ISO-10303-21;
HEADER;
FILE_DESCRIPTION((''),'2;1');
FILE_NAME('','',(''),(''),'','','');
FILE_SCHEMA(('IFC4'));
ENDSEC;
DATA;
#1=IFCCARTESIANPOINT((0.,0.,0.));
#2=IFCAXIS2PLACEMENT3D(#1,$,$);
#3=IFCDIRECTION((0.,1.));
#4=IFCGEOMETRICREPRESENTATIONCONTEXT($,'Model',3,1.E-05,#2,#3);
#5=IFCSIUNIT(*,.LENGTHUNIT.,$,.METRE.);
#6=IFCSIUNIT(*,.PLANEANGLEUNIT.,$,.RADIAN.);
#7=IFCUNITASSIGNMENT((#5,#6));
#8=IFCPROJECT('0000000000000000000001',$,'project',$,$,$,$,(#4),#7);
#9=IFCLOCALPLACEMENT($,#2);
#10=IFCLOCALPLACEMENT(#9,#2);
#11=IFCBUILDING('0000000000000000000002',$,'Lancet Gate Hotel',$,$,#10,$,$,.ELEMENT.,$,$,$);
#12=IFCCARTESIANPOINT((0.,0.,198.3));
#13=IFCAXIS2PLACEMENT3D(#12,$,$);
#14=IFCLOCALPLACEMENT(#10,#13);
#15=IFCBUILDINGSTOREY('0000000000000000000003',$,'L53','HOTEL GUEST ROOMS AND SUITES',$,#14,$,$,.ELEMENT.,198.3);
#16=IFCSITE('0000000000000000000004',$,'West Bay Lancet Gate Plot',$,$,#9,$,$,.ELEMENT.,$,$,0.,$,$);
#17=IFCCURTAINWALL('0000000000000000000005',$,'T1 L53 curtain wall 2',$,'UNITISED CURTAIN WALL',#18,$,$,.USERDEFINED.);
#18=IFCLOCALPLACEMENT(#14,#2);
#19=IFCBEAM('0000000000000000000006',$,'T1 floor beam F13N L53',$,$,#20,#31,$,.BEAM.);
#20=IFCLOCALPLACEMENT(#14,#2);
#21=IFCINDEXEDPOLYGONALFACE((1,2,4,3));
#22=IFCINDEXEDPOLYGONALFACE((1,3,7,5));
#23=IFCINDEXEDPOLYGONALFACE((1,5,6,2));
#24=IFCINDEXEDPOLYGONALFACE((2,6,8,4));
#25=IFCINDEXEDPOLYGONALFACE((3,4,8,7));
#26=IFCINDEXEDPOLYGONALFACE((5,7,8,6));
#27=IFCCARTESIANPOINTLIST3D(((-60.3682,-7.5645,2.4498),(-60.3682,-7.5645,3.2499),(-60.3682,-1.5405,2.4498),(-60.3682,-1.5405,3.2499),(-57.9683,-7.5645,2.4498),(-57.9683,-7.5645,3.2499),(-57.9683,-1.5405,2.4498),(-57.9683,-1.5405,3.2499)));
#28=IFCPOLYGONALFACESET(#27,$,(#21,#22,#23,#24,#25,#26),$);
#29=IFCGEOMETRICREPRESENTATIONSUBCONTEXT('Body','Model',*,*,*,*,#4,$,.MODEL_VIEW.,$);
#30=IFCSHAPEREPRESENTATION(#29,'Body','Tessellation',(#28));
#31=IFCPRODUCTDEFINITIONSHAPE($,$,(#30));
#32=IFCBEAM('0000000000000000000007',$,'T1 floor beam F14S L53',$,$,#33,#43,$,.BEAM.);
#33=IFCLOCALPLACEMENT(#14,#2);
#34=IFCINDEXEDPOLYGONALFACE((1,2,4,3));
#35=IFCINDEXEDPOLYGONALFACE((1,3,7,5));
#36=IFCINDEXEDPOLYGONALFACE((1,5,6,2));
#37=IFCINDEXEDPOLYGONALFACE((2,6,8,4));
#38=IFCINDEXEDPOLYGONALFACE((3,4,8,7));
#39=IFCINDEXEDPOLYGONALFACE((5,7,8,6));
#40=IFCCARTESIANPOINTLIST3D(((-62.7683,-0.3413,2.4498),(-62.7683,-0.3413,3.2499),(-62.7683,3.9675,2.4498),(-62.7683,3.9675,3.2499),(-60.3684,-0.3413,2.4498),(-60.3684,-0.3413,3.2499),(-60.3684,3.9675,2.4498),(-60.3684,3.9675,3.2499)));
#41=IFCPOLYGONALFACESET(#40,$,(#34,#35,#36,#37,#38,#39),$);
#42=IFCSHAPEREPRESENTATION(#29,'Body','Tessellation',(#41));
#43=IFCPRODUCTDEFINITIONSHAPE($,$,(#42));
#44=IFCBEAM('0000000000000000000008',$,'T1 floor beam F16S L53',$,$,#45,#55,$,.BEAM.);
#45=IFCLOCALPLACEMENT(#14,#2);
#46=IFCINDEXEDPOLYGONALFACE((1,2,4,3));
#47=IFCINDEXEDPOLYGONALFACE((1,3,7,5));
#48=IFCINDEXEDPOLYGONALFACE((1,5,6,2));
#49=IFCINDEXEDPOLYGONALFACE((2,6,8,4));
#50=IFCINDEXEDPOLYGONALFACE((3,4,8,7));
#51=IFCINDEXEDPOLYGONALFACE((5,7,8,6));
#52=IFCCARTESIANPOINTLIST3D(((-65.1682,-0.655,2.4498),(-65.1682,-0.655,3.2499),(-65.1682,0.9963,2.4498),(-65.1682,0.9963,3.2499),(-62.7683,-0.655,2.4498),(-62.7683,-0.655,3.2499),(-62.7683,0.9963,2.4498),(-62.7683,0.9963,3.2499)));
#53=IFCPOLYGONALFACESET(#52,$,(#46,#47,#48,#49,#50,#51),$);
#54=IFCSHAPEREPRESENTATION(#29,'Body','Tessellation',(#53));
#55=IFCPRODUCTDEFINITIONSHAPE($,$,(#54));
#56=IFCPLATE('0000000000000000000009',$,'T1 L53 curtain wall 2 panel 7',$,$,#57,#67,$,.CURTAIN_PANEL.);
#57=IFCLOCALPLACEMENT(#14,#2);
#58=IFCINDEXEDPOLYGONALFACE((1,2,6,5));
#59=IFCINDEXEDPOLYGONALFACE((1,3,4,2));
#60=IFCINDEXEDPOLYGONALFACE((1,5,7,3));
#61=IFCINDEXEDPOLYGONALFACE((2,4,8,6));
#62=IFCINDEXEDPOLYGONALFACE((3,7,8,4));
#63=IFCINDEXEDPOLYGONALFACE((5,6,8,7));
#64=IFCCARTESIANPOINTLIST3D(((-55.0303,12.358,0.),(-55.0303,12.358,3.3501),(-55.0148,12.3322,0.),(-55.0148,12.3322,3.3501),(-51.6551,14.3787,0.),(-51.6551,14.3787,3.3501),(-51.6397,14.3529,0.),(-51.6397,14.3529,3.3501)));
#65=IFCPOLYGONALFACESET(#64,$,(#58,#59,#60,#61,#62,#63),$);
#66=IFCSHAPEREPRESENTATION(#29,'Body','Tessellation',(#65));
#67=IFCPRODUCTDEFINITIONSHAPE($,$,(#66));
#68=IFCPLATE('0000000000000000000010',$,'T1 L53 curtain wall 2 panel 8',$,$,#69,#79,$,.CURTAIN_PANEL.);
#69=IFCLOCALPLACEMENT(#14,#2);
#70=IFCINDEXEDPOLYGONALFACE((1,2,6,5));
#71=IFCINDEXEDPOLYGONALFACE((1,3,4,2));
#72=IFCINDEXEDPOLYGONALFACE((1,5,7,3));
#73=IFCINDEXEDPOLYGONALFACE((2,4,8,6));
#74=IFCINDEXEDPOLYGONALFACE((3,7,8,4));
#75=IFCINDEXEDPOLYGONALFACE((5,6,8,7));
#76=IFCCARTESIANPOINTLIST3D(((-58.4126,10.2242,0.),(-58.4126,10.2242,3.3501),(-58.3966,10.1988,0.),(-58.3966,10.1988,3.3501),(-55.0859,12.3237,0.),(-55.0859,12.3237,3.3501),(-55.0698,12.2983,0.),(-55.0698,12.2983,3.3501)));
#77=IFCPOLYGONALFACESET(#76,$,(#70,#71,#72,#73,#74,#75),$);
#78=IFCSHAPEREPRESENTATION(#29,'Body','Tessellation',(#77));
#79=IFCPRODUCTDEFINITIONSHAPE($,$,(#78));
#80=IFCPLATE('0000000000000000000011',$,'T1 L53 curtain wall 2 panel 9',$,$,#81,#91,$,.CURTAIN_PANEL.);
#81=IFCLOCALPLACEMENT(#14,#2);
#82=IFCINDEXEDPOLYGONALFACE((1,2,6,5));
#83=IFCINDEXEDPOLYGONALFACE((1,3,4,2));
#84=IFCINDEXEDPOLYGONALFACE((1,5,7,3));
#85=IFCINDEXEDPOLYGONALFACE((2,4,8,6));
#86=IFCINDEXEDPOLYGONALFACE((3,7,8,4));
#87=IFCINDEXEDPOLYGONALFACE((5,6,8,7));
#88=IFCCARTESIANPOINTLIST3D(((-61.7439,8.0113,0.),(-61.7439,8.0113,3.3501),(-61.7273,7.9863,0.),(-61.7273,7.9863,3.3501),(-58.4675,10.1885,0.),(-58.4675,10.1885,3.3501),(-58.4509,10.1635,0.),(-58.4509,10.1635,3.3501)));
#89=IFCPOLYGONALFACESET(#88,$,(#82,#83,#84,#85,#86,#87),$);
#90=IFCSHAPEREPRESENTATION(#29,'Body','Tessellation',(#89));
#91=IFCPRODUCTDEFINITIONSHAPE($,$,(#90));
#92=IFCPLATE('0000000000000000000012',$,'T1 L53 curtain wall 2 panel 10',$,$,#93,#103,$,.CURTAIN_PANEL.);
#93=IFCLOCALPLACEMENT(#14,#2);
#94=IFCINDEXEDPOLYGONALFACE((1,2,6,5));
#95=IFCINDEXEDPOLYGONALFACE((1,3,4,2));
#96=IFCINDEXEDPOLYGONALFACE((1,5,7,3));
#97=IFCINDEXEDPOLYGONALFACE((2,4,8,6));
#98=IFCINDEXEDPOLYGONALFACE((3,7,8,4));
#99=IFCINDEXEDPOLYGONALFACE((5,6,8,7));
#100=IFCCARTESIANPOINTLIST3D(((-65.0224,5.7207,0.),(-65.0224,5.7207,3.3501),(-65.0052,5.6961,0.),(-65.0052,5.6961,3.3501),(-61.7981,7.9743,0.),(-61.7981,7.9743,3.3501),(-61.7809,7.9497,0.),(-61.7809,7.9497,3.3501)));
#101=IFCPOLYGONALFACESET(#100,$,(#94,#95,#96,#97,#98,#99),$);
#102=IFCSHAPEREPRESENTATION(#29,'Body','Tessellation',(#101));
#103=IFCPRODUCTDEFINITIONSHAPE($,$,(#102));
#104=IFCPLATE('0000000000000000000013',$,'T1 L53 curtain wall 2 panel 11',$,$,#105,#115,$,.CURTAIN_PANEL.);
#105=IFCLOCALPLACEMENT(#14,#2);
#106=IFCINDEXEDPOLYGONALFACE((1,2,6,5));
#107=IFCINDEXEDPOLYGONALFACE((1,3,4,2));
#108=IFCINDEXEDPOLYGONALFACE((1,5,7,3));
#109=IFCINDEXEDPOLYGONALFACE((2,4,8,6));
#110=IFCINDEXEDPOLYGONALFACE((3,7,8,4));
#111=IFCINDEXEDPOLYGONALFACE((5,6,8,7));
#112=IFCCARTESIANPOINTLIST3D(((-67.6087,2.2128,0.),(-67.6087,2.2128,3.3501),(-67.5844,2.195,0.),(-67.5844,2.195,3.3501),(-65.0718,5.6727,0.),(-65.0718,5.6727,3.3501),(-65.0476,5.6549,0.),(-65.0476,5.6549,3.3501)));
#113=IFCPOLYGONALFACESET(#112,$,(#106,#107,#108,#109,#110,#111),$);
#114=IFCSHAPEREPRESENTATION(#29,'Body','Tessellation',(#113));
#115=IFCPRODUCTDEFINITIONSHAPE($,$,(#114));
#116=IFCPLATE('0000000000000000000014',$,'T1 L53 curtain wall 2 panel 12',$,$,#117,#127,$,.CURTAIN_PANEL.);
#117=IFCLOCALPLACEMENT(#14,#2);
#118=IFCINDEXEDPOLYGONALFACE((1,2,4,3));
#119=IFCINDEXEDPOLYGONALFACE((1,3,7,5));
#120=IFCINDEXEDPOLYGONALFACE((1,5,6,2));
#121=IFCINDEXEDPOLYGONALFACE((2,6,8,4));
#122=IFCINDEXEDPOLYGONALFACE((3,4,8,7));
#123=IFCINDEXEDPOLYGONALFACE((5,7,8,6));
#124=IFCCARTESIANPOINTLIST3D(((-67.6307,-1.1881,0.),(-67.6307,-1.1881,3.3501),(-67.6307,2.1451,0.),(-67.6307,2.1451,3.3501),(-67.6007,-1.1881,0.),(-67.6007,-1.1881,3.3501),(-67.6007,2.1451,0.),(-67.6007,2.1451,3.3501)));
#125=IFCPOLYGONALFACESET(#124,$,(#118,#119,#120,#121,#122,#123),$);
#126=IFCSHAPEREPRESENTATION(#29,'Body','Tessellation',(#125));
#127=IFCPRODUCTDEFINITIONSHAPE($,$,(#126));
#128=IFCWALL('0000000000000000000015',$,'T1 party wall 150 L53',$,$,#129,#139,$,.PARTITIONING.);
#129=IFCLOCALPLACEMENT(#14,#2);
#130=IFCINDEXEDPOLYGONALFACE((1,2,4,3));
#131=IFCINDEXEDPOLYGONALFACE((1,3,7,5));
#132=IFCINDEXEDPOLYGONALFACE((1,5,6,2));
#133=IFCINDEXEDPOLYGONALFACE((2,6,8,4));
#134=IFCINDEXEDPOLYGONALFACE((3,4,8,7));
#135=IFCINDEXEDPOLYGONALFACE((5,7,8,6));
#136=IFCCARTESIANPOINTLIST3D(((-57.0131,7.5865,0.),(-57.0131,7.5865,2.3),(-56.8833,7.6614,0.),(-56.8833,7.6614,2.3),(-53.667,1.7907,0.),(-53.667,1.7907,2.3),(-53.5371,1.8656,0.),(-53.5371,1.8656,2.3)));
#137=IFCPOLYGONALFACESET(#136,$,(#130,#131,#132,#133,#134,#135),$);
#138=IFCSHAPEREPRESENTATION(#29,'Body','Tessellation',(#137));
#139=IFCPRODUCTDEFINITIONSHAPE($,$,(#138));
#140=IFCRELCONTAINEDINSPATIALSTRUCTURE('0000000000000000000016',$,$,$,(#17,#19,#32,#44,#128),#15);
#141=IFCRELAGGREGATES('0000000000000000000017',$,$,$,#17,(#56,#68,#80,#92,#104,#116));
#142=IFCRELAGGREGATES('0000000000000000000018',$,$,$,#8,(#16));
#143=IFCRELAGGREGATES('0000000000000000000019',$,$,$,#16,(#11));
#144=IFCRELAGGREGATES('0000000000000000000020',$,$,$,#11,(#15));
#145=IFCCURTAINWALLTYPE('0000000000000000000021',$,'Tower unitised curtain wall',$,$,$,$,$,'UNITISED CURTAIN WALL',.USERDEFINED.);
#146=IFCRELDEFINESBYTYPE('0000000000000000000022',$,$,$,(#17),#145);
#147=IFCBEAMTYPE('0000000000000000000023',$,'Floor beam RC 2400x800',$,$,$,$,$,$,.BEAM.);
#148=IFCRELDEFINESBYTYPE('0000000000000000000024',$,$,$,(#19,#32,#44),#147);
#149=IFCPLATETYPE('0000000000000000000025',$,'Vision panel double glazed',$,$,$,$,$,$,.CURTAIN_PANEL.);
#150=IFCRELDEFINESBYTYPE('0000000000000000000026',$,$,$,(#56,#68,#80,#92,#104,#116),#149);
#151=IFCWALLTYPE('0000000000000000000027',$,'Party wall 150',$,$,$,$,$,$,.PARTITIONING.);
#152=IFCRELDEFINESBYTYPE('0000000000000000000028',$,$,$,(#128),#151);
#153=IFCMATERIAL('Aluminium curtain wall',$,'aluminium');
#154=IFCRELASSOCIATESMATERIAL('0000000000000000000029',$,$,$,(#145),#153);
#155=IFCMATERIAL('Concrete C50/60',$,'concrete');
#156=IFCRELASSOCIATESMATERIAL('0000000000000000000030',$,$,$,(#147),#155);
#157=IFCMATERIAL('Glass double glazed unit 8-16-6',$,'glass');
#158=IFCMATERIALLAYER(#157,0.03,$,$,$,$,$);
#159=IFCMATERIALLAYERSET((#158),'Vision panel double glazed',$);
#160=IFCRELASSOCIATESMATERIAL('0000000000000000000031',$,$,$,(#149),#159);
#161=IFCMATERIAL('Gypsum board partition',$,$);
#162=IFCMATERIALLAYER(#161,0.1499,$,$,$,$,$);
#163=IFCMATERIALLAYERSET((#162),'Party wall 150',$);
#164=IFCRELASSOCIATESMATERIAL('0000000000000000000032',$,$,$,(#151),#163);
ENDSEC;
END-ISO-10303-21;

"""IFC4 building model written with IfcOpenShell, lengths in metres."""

from ifc_helpers import new_model, si_unit, direction, frame, frame_2d, origin, origin_2d, place, context, subcontext, project, spatial, rectangle, extrude, material, layer, layer_set, material_profile, profile_set, type_object, element, aggregate, save


model = new_model("IFC4")

# Units and contexts
model_context = context("Model", 3, precision=1e-05, world=origin(), true_north=direction((0.0, 1.0)))
body_context = subcontext(model_context, "Body", "Model", "MODEL_VIEW")
ifc_project = project(units=[si_unit("LENGTHUNIT", "METRE"), si_unit("PLANEANGLEUNIT", "RADIAN")], contexts=[model_context])

# Site, building, storey
site_placement = place(None, origin())
site = spatial("IfcSite", under=ifc_project, at=site_placement, Name="West Bay Lancet Gate Plot", CompositionType="ELEMENT", RefElevation=0.0)
building_placement = place(site_placement, origin())
building = spatial("IfcBuilding", under=site, at=building_placement, Name="Lancet Gate Hotel", CompositionType="ELEMENT")
storey_placement = place(building_placement, frame((0.0, 0.0, 198.3)))
storey = spatial("IfcBuildingStorey", under=building, at=storey_placement, Name="L53", Description="HOTEL GUEST ROOMS AND SUITES", CompositionType="ELEMENT", Elevation=198.3)

# Curtain wall
ifc_material_1 = material(Name="Aluminium curtain wall", Category="aluminium")
curtain_wall_type = type_object("IfcCurtainWallType", Name="Tower unitised curtain wall", ElementType="UNITISED CURTAIN WALL", PredefinedType="USERDEFINED", material=ifc_material_1)
curtain_wall_placement = place(storey_placement, origin())
curtain_wall = element("IfcCurtainWall", 1, at=curtain_wall_placement, inside=storey, type_object=curtain_wall_type, Name="T1 L53 curtain wall 2", ObjectType="UNITISED CURTAIN WALL", PredefinedType="USERDEFINED")

# Beams
ifc_material_2 = material(Name="Concrete C50/60", Category="concrete")
ifc_material_profile_1 = material_profile(ifc_material_2, rectangle(XDim=2.3999, YDim=0.8, at=origin_2d()), Name="RC 2400x800")
ifc_profile_set_1 = profile_set([ifc_material_profile_1], Name="Concrete C50/60")
beam_type_1 = type_object("IfcBeamType", Name="Floor beam RC 2400x800", PredefinedType="BEAM", material=ifc_profile_set_1)
beam_1_placement = place(storey_placement, frame((-59.1682, -1.5405, 2.8499), z_axis=(0.0, -1.0, 0.0), x_axis=(1.0, 0.0, 0.0)))
element("IfcBeam", 2, at=beam_1_placement, inside=storey, type_object=beam_type_1, Name="T1 floor beam F13N L53", PredefinedType="BEAM", context=body_context, shape_type="SweptSolid", body=[
    extrude(rectangle(XDim=2.3999, YDim=0.8, at=origin_2d()), origin(), (0.0, 0.0, 1.0), 6.0239),
])
beam_2_placement = place(storey_placement, frame((-61.5684, 3.9675, 2.8499), z_axis=(0.0, -1.0, 0.0), x_axis=(1.0, 0.0, 0.0)))
element("IfcBeam", 3, at=beam_2_placement, inside=storey, type_object=beam_type_1, Name="T1 floor beam F14S L53", PredefinedType="BEAM", context=body_context, shape_type="SweptSolid", body=[
    extrude(rectangle(XDim=2.3999, YDim=0.8, at=origin_2d()), origin(), (0.0, 0.0, 1.0), 4.3088),
])
beam_3_placement = place(storey_placement, frame((-63.9683, 0.9963, 2.8499), z_axis=(0.0, -1.0, 0.0), x_axis=(1.0, 0.0, 0.0)))
element("IfcBeam", 4, at=beam_3_placement, inside=storey, type_object=beam_type_1, Name="T1 floor beam F16S L53", PredefinedType="BEAM", context=body_context, shape_type="SweptSolid", body=[
    extrude(rectangle(XDim=2.3999, YDim=0.8, at=origin_2d()), origin(), (0.0, 0.0, 1.0), 1.6514),
])

# Plates
ifc_material_3 = material(Name="Glass double glazed unit 8-16-6", Category="glass")
ifc_layer_1 = layer(ifc_material_3, 0.03)
ifc_layer_set_1 = layer_set([ifc_layer_1], Name="Vision panel double glazed")
plate_type = type_object("IfcPlateType", Name="Vision panel double glazed", PredefinedType="CURTAIN_PANEL", material=ifc_layer_set_1)
plate_1_placement = place(storey_placement, frame((-53.335, 13.3555, 0.0), z_axis=(0.0, 0.0, 1.0), x_axis=(-0.857987, -0.513672, 0.0)))
plate_1 = element("IfcPlate", 5, at=plate_1_placement, type_object=plate_type, Name="T1 L53 curtain wall 2 panel 7", PredefinedType="CURTAIN_PANEL", context=body_context, shape_type="SweptSolid", body=[
    extrude(rectangle(XDim=3.9338, YDim=0.03, at=origin_2d()), origin(), (0.0, 0.0, 1.0), 3.3501),
])
plate_2_placement = place(storey_placement, frame((-56.7412, 11.2612, 0.0), z_axis=(0.0, 0.0, 1.0), x_axis=(-0.845667, -0.533711, 0.0)))
plate_2 = element("IfcPlate", 6, at=plate_2_placement, type_object=plate_type, Name="T1 L53 curtain wall 2 panel 8", PredefinedType="CURTAIN_PANEL", context=body_context, shape_type="SweptSolid", body=[
    extrude(rectangle(XDim=3.9338, YDim=0.03, at=origin_2d()), origin(), (0.0, 0.0, 1.0), 3.3501),
])
plate_3_placement = place(storey_placement, frame((-60.0974, 9.0874, 0.0), z_axis=(0.0, 0.0, 1.0), x_axis=(-0.832879, -0.553455, 0.0)))
plate_3 = element("IfcPlate", 7, at=plate_3_placement, type_object=plate_type, Name="T1 L53 curtain wall 2 panel 9", PredefinedType="CURTAIN_PANEL", context=body_context, shape_type="SweptSolid", body=[
    extrude(rectangle(XDim=3.9338, YDim=0.03, at=origin_2d()), origin(), (0.0, 0.0, 1.0), 3.3501),
])
plate_4_placement = place(storey_placement, frame((-63.4016, 6.8352, 0.0), z_axis=(0.0, 0.0, 1.0), x_axis=(-0.819631, -0.572892, 0.0)))
plate_4 = element("IfcPlate", 8, at=plate_4_placement, type_object=plate_type, Name="T1 L53 curtain wall 2 panel 10", PredefinedType="CURTAIN_PANEL", context=body_context, shape_type="SweptSolid", body=[
    extrude(rectangle(XDim=3.9338, YDim=0.03, at=origin_2d()), origin(), (0.0, 0.0, 1.0), 3.3501),
])
plate_5_placement = place(storey_placement, frame((-66.3281, 3.9338, 0.0), z_axis=(0.0, 0.0, 1.0), x_axis=(-0.5913, -0.806452, 0.0)))
plate_5 = element("IfcPlate", 9, at=plate_5_placement, type_object=plate_type, Name="T1 L53 curtain wall 2 panel 11", PredefinedType="CURTAIN_PANEL", context=body_context, shape_type="SweptSolid", body=[
    extrude(rectangle(XDim=4.2903, YDim=0.03, at=origin_2d()), origin(), (0.0, 0.0, 1.0), 3.3501),
])
plate_6_placement = place(storey_placement, frame((-67.6157, 0.4785, 0.0), z_axis=(0.0, 0.0, 1.0), x_axis=(0.0, -1.0, 0.0)))
plate_6 = element("IfcPlate", 10, at=plate_6_placement, type_object=plate_type, Name="T1 L53 curtain wall 2 panel 12", PredefinedType="CURTAIN_PANEL", context=body_context, shape_type="SweptSolid", body=[
    extrude(rectangle(XDim=3.3333, YDim=0.03, at=origin_2d()), origin(), (0.0, 0.0, 1.0), 3.3501),
])
aggregate(curtain_wall, [plate_1, plate_2, plate_3, plate_4, plate_5, plate_6])

# Wall
ifc_material_4 = material(Name="Gypsum board partition")
ifc_layer_2 = layer(ifc_material_4, 0.1499)
ifc_layer_set_2 = layer_set([ifc_layer_2], Name="Party wall 150")
wall_type = type_object("IfcWallType", Name="Party wall 150", PredefinedType="PARTITIONING", material=ifc_layer_set_2)
wall_placement = place(storey_placement, frame((-53.6021, 1.8281, 0.0), z_axis=(0.0, 0.0, 1.0), x_axis=(-0.499992, 0.86603, 0.0)))
element("IfcWall", 11, at=wall_placement, inside=storey, type_object=wall_type, Name="T1 party wall 150 L53", PredefinedType="PARTITIONING", context=body_context, shape_type="SweptSolid", body=[
    extrude(rectangle(XDim=6.6924, YDim=0.1499, at=frame_2d((3.3462, 0.0))), origin(), (0.0, 0.0, 1.0), 2.3),
])

save(model, "model.ifc")
